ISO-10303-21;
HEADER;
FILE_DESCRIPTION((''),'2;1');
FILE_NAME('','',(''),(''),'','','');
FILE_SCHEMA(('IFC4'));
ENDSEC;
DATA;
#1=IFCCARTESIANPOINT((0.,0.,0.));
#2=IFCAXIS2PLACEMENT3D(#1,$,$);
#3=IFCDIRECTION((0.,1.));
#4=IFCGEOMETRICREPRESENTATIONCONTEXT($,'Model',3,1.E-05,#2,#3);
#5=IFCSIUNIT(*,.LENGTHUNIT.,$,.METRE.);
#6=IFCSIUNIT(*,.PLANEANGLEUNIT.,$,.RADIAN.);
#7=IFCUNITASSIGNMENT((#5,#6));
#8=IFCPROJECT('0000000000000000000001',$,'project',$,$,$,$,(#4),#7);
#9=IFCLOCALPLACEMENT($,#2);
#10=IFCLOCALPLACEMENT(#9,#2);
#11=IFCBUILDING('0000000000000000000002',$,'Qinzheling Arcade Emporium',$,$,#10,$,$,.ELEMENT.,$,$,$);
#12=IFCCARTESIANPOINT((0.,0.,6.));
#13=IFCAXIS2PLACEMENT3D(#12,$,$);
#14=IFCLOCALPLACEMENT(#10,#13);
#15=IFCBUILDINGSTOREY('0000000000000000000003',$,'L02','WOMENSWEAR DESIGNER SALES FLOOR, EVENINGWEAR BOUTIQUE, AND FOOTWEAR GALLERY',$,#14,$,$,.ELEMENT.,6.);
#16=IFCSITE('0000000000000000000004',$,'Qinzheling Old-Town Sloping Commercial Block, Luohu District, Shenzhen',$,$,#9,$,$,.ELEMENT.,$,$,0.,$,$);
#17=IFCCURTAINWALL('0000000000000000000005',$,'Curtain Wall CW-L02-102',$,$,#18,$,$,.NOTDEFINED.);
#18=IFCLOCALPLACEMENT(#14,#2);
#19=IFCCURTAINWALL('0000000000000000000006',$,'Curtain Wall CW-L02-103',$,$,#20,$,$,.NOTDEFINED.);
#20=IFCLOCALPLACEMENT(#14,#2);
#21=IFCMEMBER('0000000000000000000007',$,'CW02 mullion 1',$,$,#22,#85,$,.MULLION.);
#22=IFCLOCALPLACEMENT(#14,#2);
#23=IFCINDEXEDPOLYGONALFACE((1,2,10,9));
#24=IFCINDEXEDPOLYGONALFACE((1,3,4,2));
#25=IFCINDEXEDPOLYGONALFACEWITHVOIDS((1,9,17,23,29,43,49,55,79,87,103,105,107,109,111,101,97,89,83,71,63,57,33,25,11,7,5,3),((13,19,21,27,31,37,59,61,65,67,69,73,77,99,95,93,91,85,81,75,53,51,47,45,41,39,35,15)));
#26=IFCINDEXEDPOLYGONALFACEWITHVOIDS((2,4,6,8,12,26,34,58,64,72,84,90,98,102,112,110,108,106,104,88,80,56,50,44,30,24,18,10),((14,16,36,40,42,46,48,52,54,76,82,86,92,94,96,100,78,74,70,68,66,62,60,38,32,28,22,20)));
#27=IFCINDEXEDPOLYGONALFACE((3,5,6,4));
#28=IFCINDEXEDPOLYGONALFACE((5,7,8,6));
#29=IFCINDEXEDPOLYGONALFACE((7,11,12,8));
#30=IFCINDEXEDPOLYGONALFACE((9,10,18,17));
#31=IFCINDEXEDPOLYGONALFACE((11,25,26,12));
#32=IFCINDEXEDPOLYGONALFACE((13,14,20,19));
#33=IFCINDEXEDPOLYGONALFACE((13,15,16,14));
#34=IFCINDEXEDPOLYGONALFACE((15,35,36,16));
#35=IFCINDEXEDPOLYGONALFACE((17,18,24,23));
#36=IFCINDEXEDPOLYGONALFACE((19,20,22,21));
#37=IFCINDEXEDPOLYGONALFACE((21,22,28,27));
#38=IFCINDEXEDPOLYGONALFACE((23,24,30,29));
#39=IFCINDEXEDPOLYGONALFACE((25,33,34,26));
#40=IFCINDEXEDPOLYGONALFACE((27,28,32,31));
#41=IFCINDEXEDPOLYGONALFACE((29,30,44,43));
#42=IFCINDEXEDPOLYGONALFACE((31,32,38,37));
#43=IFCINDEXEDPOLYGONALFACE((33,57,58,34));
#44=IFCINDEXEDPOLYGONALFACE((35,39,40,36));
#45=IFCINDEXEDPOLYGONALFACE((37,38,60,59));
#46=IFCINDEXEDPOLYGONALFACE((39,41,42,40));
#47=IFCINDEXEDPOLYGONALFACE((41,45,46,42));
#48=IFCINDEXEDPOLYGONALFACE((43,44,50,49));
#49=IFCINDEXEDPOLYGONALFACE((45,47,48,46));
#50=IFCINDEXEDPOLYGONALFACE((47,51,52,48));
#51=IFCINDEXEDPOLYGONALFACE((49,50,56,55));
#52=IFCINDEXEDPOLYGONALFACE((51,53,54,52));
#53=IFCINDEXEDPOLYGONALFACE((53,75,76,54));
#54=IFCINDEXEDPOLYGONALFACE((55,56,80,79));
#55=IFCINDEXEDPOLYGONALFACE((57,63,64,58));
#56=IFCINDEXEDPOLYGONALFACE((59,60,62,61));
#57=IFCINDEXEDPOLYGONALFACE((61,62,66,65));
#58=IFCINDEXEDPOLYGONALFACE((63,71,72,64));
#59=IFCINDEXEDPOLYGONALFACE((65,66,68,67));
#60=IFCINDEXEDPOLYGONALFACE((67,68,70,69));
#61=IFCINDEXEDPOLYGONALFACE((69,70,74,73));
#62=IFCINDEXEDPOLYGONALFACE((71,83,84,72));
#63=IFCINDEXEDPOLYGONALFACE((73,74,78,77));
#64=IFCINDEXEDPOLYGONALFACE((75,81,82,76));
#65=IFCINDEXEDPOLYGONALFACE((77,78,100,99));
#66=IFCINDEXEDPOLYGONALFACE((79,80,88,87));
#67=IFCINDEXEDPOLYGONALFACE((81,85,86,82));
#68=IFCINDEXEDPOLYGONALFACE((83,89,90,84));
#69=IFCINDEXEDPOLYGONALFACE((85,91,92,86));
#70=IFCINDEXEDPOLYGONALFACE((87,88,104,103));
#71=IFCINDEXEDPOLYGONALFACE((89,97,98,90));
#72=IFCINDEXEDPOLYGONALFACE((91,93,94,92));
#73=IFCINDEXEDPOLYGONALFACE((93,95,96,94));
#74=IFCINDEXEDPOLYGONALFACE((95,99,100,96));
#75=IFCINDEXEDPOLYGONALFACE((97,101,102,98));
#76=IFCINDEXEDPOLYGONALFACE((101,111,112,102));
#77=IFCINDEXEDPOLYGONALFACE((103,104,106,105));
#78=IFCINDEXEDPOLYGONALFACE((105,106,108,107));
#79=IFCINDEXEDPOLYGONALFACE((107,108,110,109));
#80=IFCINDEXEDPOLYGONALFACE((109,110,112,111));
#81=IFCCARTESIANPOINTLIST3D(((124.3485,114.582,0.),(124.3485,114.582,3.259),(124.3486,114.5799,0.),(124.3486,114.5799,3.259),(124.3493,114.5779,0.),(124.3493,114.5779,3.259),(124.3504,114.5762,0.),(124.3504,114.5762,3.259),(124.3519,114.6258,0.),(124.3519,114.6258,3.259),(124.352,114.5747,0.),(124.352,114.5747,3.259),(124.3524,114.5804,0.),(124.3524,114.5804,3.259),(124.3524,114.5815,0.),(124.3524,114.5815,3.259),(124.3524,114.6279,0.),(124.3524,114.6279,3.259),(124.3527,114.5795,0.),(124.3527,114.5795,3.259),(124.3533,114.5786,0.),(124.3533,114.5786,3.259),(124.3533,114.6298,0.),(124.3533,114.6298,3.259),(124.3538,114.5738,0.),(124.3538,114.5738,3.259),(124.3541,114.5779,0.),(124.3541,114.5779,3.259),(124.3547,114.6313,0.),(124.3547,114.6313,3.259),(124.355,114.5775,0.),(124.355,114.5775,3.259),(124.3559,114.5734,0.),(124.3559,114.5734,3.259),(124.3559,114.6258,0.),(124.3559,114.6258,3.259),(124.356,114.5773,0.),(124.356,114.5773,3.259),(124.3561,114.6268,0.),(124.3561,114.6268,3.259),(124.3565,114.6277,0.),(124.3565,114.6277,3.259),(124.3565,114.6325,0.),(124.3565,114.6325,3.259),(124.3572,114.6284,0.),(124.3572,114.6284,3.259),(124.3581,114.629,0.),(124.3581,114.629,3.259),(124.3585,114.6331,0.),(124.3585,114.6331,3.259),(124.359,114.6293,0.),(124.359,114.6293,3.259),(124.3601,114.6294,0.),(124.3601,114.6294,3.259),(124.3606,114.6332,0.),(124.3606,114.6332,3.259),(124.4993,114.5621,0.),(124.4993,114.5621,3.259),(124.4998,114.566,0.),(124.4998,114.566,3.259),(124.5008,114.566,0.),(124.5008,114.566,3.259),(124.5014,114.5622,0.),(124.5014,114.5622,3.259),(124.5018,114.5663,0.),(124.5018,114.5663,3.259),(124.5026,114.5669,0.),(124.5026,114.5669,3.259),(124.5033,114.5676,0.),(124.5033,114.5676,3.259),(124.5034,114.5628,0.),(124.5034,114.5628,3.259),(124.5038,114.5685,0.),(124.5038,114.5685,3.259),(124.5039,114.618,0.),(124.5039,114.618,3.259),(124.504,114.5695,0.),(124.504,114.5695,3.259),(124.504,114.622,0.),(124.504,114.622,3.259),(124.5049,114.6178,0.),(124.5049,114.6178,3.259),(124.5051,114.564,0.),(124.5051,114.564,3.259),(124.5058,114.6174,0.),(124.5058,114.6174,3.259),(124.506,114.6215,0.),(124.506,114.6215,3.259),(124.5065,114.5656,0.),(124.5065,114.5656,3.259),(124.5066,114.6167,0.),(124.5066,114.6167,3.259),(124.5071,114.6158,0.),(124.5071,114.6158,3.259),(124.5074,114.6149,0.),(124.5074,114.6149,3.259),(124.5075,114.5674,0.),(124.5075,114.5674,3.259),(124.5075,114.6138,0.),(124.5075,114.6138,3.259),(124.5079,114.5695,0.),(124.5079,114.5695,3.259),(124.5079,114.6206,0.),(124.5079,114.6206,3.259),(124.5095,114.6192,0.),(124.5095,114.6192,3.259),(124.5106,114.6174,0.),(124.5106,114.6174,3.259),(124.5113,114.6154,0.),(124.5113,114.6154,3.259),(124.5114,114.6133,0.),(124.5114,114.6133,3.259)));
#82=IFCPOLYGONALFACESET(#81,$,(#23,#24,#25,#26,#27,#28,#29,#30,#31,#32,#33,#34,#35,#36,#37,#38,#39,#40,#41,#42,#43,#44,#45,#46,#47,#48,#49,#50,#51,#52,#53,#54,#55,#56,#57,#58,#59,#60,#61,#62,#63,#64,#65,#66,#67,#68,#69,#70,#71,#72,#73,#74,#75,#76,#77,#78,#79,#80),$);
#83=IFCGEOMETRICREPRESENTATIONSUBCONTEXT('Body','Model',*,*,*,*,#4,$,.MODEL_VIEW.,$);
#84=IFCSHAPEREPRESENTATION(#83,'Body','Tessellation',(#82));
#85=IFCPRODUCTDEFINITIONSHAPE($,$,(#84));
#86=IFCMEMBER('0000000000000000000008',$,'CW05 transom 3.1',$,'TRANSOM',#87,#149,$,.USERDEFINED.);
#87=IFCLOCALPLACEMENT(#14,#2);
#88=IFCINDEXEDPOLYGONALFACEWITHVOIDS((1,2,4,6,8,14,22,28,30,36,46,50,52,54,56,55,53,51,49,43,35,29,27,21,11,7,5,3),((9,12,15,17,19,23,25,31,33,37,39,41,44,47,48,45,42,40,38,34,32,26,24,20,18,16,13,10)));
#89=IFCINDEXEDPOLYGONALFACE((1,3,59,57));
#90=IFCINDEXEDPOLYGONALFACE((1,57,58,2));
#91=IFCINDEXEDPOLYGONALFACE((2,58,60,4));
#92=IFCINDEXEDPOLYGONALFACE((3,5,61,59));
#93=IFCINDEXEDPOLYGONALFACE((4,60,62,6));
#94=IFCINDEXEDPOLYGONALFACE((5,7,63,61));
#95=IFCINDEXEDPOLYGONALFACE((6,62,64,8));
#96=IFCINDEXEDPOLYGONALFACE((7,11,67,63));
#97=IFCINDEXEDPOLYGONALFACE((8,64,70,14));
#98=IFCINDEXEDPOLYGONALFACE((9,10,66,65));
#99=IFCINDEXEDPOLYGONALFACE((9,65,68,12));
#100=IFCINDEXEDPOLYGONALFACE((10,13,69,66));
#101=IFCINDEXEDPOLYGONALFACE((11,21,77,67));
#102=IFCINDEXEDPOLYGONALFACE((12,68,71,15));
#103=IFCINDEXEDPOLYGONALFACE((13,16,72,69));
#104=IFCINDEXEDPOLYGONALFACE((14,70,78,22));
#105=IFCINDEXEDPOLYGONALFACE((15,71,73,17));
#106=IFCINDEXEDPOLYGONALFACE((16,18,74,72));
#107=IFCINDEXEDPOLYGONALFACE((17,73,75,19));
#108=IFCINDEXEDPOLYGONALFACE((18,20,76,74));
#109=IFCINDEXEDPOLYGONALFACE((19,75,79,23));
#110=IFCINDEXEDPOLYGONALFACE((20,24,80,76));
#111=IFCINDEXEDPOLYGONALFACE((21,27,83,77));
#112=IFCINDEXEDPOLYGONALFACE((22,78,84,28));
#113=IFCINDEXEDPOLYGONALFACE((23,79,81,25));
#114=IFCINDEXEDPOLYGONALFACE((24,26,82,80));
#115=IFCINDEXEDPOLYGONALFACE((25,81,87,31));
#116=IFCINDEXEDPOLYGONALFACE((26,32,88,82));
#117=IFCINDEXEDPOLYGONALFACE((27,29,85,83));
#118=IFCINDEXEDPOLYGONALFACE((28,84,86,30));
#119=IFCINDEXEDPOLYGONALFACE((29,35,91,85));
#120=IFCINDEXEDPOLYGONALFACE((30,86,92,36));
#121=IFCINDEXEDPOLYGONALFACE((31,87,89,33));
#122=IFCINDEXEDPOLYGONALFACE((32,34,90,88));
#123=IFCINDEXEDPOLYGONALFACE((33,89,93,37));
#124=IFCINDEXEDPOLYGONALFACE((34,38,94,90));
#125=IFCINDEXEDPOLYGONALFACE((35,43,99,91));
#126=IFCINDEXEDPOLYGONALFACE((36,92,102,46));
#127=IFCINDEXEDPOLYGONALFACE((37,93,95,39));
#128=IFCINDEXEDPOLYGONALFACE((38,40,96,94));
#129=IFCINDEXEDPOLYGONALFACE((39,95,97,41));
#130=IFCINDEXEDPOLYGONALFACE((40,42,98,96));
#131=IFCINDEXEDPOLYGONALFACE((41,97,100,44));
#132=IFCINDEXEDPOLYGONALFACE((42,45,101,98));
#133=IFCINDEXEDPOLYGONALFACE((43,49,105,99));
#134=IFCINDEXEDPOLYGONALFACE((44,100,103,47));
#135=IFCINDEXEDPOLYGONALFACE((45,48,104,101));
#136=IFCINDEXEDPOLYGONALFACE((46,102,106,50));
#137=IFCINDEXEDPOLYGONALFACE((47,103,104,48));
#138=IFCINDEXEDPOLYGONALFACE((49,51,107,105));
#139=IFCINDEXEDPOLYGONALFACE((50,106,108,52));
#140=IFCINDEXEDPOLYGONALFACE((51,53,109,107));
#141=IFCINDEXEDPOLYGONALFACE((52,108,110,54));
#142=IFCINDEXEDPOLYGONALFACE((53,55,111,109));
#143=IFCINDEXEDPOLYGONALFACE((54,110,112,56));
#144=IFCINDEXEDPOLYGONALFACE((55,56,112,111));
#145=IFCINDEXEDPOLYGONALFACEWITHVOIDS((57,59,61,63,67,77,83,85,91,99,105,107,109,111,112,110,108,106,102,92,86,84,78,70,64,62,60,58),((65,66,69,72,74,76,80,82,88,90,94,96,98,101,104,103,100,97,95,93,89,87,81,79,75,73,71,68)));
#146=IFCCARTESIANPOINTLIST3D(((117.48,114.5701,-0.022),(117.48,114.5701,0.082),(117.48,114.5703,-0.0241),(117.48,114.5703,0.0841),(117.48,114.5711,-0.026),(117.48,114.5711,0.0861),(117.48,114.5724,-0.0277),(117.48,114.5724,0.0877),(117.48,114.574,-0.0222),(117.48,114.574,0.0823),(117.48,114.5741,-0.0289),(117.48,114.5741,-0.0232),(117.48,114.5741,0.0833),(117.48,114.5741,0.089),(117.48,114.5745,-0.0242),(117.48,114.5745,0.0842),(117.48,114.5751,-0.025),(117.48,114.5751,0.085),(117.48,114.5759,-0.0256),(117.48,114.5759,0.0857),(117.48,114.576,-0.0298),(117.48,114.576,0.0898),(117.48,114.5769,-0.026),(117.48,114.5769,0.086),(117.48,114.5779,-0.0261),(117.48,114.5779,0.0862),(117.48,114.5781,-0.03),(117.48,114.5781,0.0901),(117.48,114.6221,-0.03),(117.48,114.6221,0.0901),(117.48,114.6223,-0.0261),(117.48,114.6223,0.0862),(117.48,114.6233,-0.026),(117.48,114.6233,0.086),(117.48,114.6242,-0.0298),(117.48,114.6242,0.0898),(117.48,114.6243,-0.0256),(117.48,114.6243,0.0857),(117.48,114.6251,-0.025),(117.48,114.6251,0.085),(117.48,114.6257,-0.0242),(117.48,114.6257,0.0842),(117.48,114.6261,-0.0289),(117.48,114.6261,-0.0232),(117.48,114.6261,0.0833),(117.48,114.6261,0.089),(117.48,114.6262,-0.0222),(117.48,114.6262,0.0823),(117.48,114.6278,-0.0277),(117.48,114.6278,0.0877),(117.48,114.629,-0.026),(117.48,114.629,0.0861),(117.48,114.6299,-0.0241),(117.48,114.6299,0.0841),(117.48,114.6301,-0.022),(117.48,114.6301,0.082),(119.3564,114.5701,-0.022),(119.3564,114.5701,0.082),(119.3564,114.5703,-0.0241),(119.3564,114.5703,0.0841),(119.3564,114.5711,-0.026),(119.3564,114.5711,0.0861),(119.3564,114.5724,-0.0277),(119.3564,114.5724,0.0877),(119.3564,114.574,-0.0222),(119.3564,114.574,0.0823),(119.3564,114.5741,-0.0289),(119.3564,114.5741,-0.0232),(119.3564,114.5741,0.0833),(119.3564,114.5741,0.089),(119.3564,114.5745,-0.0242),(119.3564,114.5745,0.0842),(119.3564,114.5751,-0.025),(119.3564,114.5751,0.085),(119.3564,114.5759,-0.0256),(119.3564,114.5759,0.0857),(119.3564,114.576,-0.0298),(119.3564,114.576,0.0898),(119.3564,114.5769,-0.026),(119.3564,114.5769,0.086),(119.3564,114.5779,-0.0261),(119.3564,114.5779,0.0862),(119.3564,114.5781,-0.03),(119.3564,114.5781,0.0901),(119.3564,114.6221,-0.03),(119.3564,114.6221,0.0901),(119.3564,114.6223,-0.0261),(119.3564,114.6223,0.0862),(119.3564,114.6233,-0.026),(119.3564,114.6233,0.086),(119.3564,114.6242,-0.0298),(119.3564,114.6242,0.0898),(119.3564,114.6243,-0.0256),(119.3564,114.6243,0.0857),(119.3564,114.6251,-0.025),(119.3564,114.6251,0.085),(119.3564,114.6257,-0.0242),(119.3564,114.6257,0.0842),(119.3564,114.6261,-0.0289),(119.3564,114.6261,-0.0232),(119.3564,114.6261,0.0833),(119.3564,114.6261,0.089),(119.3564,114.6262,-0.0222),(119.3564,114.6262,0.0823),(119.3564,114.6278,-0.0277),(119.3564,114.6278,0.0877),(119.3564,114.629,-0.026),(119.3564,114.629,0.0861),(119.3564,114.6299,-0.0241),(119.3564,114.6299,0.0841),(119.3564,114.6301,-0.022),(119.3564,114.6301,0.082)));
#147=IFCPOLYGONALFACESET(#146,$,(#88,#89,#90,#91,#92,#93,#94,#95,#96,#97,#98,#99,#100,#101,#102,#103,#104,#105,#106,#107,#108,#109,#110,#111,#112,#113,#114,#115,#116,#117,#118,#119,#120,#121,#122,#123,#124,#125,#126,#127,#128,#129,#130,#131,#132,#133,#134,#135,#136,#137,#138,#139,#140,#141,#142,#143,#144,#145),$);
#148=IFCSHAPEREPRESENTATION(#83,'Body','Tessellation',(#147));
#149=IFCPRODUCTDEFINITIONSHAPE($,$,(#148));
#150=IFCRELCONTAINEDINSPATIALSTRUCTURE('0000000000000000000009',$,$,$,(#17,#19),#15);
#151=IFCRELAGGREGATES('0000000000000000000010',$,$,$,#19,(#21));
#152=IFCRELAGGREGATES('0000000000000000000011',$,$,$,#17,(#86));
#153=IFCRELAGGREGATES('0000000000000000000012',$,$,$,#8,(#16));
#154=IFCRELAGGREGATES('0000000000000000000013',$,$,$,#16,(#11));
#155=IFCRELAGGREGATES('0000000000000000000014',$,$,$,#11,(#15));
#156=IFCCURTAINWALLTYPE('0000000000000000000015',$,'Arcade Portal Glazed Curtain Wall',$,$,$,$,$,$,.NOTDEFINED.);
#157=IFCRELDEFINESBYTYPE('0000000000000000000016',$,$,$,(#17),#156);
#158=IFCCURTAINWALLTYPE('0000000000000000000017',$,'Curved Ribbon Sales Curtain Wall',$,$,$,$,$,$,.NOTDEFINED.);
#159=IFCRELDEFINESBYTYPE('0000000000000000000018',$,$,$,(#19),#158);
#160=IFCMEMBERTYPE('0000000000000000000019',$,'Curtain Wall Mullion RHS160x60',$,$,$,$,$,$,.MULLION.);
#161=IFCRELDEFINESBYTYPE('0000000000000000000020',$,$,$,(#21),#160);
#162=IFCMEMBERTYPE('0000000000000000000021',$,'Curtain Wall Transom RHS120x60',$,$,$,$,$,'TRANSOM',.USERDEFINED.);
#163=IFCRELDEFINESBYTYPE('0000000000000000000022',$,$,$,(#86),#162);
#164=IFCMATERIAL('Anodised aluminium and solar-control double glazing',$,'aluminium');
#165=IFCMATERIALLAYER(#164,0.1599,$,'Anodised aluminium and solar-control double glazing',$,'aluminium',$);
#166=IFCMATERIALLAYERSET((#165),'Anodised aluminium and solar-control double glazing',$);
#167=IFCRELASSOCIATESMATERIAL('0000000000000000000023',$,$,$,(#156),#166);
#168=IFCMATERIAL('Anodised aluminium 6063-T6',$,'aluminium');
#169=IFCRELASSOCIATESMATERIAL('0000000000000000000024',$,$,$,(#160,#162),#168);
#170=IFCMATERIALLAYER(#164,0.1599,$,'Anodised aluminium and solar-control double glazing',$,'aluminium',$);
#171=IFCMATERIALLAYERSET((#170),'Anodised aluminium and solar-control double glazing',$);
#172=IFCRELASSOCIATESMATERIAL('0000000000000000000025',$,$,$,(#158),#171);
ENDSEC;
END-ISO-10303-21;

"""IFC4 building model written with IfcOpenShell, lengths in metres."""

from ifc_helpers import new_model, si_unit, direction, frame, origin, origin_2d, place, context, subcontext, project, spatial, hollow_rectangle, extrude, material, layer, layer_set, material_profile, profile_set, type_object, element, aggregate, save


model = new_model("IFC4")

# Units and contexts
model_context = context("Model", 3, precision=1e-05, world=origin(), true_north=direction((0.0, 1.0)))
body_context = subcontext(model_context, "Body", "Model", "MODEL_VIEW")
ifc_project = project(units=[si_unit("LENGTHUNIT", "METRE"), si_unit("PLANEANGLEUNIT", "RADIAN")], contexts=[model_context])

# Site, building, storey
site_placement = place(None, origin())
site = spatial("IfcSite", under=ifc_project, at=site_placement, Name="Qinzheling Old-Town Sloping Commercial Block, Luohu District, Shenzhen", CompositionType="ELEMENT", RefElevation=0.0)
building_placement = place(site_placement, origin())
building = spatial("IfcBuilding", under=site, at=building_placement, Name="Qinzheling Arcade Emporium", CompositionType="ELEMENT")
storey_placement = place(building_placement, frame((0.0, 0.0, 6.0)))
storey = spatial("IfcBuildingStorey", under=building, at=storey_placement, Name="L02", Description="WOMENSWEAR DESIGNER SALES FLOOR, EVENINGWEAR BOUTIQUE, AND FOOTWEAR GALLERY", CompositionType="ELEMENT", Elevation=6.0)

# Curtain wall
ifc_material_1 = material(Name="Anodised aluminium and solar-control double glazing", Category="aluminium")
ifc_layer_1 = layer(ifc_material_1, 0.1599, Name="Anodised aluminium and solar-control double glazing", Category="aluminium")
ifc_layer_set_1 = layer_set([ifc_layer_1], Name="Anodised aluminium and solar-control double glazing")
curtain_wall_type_1 = type_object("IfcCurtainWallType", Name="Arcade Portal Glazed Curtain Wall", PredefinedType="NOTDEFINED", material=ifc_layer_set_1)
curtain_wall_1_placement = place(storey_placement, origin())
curtain_wall_1 = element("IfcCurtainWall", 1, at=curtain_wall_1_placement, inside=storey, type_object=curtain_wall_type_1, Name="Curtain Wall CW-L02-102", PredefinedType="NOTDEFINED")
ifc_material_2 = material(Name="Anodised aluminium 6063-T6", Category="aluminium")
ifc_material_profile_1 = material_profile(ifc_material_2, hollow_rectangle(XDim=0.0601, YDim=0.1599, WallThickness=0.0039, InnerFilletRadius=0.0039, OuterFilletRadius=0.0081, at=origin_2d()), Name="RHS 160x60x4", Category="aluminium")
ifc_profile_set_1 = profile_set([ifc_material_profile_1], Name="Anodised aluminium 6063-T6")
member_type_1 = type_object("IfcMemberType", Name="Curtain Wall Mullion RHS160x60", PredefinedType="MULLION", material=ifc_profile_set_1)

# Curtain wall, member
ifc_layer_2 = layer(ifc_material_1, 0.1599, Name="Anodised aluminium and solar-control double glazing", Category="aluminium")
ifc_layer_set_2 = layer_set([ifc_layer_2], Name="Anodised aluminium and solar-control double glazing")
curtain_wall_type_2 = type_object("IfcCurtainWallType", Name="Curved Ribbon Sales Curtain Wall", PredefinedType="NOTDEFINED", material=ifc_layer_set_2)
curtain_wall_2_placement = place(storey_placement, origin())
curtain_wall_2 = element("IfcCurtainWall", 2, at=curtain_wall_2_placement, inside=storey, type_object=curtain_wall_type_2, Name="Curtain Wall CW-L02-103", PredefinedType="NOTDEFINED")
member_1_placement = place(storey_placement, frame((124.4299, 114.5977, 0.0), z_axis=(0.0, 0.0, 1.0), x_axis=(0.078376, 0.996924, 0.0)))
member_1 = element("IfcMember", 3, at=member_1_placement, type_object=member_type_1, Name="CW02 mullion 1", PredefinedType="MULLION", context=body_context, shape_type="SweptSolid", body=[
    extrude(hollow_rectangle(XDim=0.0601, YDim=0.1599, WallThickness=0.0039, InnerFilletRadius=0.0039, OuterFilletRadius=0.0081, at=origin_2d()), origin(), (0.0, 0.0, 1.0), 3.259),
])

# Member
ifc_material_profile_2 = material_profile(ifc_material_2, hollow_rectangle(XDim=0.0601, YDim=0.1201, WallThickness=0.0039, InnerFilletRadius=0.0039, OuterFilletRadius=0.0081, at=origin_2d()), Name="RHS 120x60x4", Category="aluminium")
ifc_profile_set_2 = profile_set([ifc_material_profile_2], Name="Anodised aluminium 6063-T6")
member_type_2 = type_object("IfcMemberType", Name="Curtain Wall Transom RHS120x60", ElementType="TRANSOM", PredefinedType="USERDEFINED", material=ifc_profile_set_2)
member_2_placement = place(storey_placement, frame((117.48, 114.6001, 0.03), z_axis=(1.0, 0.0, 0.0), x_axis=(0.0, 1.0, 0.0)))
member_2 = element("IfcMember", 4, at=member_2_placement, type_object=member_type_2, Name="CW05 transom 3.1", ObjectType="TRANSOM", PredefinedType="USERDEFINED", context=body_context, shape_type="SweptSolid", body=[
    extrude(hollow_rectangle(XDim=0.0601, YDim=0.1201, WallThickness=0.0039, InnerFilletRadius=0.0039, OuterFilletRadius=0.0081, at=origin_2d()), origin(), (0.0, 0.0, 1.0), 1.8765),
])
aggregate(curtain_wall_2, [member_1])

aggregate(curtain_wall_1, [member_2])

save(model, "model.ifc")
